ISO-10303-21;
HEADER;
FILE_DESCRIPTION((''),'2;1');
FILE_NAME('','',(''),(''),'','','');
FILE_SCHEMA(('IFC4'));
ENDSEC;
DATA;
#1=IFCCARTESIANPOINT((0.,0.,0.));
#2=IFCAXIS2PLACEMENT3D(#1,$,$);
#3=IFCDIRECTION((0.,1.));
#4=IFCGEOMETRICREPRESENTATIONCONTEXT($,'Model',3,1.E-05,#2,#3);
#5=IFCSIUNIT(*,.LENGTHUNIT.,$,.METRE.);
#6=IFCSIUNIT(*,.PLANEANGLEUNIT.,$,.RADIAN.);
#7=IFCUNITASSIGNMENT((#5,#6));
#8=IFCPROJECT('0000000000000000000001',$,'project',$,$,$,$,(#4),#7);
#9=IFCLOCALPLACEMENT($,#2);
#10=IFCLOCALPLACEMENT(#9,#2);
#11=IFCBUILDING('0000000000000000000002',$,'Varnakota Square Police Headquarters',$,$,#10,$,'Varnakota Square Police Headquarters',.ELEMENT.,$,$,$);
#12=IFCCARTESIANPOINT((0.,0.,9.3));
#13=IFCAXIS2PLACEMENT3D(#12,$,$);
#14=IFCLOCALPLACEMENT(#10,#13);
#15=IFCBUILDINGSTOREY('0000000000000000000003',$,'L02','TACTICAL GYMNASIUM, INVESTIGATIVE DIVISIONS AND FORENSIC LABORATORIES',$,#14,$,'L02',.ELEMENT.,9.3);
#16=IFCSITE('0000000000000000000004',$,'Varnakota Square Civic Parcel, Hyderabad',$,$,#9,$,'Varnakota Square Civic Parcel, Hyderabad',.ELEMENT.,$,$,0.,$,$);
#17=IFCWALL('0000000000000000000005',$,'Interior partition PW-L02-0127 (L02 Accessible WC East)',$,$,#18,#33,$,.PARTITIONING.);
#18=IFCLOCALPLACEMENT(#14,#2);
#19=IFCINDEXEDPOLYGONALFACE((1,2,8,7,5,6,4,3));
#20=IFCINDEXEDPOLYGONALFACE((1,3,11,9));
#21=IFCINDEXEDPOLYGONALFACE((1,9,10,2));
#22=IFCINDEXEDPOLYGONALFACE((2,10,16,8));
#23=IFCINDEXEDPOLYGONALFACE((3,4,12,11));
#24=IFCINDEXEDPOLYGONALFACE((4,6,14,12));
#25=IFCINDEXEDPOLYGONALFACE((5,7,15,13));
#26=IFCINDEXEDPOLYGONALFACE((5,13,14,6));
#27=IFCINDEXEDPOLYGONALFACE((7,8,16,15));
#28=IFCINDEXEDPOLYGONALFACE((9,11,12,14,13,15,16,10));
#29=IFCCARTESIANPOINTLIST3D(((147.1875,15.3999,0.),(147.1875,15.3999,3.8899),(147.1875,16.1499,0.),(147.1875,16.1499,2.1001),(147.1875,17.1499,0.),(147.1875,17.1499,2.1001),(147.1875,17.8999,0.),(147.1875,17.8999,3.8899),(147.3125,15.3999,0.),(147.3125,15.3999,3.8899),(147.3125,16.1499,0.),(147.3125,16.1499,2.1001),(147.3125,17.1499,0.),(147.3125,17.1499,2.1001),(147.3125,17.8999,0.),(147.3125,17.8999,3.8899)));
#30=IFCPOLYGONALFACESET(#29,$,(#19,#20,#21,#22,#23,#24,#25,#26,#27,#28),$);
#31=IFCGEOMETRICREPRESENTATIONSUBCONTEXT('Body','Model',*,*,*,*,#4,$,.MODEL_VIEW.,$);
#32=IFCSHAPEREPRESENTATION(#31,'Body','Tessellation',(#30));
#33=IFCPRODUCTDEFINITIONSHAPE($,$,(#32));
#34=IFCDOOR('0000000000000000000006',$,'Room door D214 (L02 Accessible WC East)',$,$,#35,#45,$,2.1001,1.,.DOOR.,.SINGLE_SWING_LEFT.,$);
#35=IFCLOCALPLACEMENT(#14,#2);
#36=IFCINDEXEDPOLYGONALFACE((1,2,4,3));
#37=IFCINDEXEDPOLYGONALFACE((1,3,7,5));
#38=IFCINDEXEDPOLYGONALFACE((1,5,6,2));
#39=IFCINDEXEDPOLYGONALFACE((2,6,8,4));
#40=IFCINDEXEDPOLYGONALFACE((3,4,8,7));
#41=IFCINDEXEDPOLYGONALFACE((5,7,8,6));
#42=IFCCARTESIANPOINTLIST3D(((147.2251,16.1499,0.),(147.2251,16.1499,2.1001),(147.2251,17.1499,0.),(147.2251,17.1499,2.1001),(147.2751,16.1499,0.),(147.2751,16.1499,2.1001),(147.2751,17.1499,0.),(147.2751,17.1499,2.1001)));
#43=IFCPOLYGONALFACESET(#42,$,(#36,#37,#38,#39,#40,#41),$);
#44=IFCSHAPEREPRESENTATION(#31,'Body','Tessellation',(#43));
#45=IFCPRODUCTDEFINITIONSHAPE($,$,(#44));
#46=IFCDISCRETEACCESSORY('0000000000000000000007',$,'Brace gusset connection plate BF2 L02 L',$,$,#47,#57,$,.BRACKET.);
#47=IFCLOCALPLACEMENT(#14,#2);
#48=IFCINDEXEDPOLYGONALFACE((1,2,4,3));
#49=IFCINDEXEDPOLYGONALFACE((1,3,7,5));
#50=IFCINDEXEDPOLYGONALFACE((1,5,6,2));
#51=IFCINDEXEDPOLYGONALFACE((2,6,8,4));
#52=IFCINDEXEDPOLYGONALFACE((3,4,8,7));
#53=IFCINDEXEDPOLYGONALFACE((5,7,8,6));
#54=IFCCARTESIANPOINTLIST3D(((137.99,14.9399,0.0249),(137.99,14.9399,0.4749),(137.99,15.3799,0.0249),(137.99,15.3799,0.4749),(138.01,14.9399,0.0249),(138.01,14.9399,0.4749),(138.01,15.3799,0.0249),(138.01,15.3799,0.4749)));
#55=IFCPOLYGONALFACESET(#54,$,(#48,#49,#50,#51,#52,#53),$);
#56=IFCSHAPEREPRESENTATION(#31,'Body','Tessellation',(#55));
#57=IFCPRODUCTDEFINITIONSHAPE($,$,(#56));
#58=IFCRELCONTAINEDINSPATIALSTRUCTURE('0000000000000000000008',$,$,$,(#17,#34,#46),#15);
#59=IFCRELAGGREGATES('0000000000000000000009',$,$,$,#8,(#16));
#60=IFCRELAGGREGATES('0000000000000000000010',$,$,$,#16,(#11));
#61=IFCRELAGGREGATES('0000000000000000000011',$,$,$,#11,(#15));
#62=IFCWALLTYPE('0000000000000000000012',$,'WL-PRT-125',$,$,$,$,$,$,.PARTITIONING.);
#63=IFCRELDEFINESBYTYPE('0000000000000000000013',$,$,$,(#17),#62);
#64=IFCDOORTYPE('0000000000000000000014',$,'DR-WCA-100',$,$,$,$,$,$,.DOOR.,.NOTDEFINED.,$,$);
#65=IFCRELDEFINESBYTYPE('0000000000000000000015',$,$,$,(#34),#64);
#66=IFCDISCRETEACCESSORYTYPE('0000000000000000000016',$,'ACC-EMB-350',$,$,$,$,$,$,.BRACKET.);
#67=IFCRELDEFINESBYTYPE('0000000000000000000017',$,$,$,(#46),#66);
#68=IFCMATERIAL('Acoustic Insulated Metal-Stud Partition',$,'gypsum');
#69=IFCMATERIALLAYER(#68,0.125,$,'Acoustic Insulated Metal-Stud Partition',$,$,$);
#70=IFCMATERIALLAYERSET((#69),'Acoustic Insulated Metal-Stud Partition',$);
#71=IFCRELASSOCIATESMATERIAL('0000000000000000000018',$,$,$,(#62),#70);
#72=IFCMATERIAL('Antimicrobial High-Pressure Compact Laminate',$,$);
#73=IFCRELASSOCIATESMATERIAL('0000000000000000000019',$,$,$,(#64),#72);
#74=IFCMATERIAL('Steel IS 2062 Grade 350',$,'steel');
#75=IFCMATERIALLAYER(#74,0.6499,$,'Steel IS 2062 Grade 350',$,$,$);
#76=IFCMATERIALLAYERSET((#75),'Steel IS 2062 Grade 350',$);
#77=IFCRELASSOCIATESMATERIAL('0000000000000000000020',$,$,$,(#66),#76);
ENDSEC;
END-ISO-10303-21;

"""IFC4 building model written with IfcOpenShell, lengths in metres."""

from ifc_helpers import new_model, si_unit, direction, frame, frame_2d, origin, origin_2d, place, context, subcontext, project, spatial, rectangle, extrude, material, layer, layer_set, type_object, element, fill, save


model = new_model("IFC4")

# Units and contexts
model_context = context("Model", 3, precision=1e-05, world=origin(), true_north=direction((0.0, 1.0)))
body_context = subcontext(model_context, "Body", "Model", "MODEL_VIEW")
ifc_project = project(units=[si_unit("LENGTHUNIT", "METRE"), si_unit("PLANEANGLEUNIT", "RADIAN")], contexts=[model_context])

# Site, building, storey
site_placement = place(None, origin())
site = spatial("IfcSite", under=ifc_project, at=site_placement, Name="Varnakota Square Civic Parcel, Hyderabad", LongName="Varnakota Square Civic Parcel, Hyderabad", CompositionType="ELEMENT", RefElevation=0.0)
building_placement = place(site_placement, origin())
building = spatial("IfcBuilding", under=site, at=building_placement, Name="Varnakota Square Police Headquarters", LongName="Varnakota Square Police Headquarters", CompositionType="ELEMENT")
storey_placement = place(building_placement, frame((0.0, 0.0, 9.3)))
storey = spatial("IfcBuildingStorey", under=building, at=storey_placement, Name="L02", Description="TACTICAL GYMNASIUM, INVESTIGATIVE DIVISIONS AND FORENSIC LABORATORIES", LongName="L02", CompositionType="ELEMENT", Elevation=9.3)

# Shared definitions
ifc_material_1 = material(Name="Steel IS 2062 Grade 350", Category="steel")

# Wall, opening, door
ifc_material_2 = material(Name="Acoustic Insulated Metal-Stud Partition", Category="gypsum")
ifc_layer_1 = layer(ifc_material_2, 0.125, Name="Acoustic Insulated Metal-Stud Partition")
ifc_layer_set_1 = layer_set([ifc_layer_1], Name="Acoustic Insulated Metal-Stud Partition")
wall_type_1 = type_object("IfcWallType", Name="WL-PRT-125", PredefinedType="PARTITIONING", material=ifc_layer_set_1)
wall_1_placement = place(storey_placement, frame((147.25, 15.3999, 0.0), z_axis=(0.0, 0.0, 1.0), x_axis=(0.0, 1.0, 0.0)))
wall_1 = element("IfcWall", 1, at=wall_1_placement, inside=storey, type_object=wall_type_1, Name="Interior partition PW-L02-0127 (L02 Accessible WC East)", PredefinedType="PARTITIONING", context=body_context, shape_type="SweptSolid", body=[
    extrude(rectangle(XDim=2.5, YDim=0.125, at=frame_2d((1.25, 0.0))), origin(), (0.0, 0.0, 1.0), 3.8899),
])
opening_1_placement = place(wall_1_placement, frame((0.75, 0.0, 0.0)))
opening_1 = element("IfcOpeningElement", 2, at=opening_1_placement, cuts=wall_1, PredefinedType="OPENING", context=body_context, shape_type="SweptSolid", body=[
    extrude(rectangle(XDim=1.0, YDim=2.1001, at=frame_2d((0.5, 1.05))), frame((0.0, 0.0725, 0.0), z_axis=(0.0, -1.0, 0.0), x_axis=(1.0, 0.0, 0.0)), (0.0, 0.0, 1.0), 0.145),
])
ifc_material_3 = material(Name="Antimicrobial High-Pressure Compact Laminate")
door_type_1 = type_object("IfcDoorType", Name="DR-WCA-100", OperationType="NOTDEFINED", PredefinedType="DOOR", material=ifc_material_3)
door_1_placement = place(opening_1_placement, origin())
door_1 = element("IfcDoor", 3, at=door_1_placement, inside=storey, type_object=door_type_1, Name="Room door D214 (L02 Accessible WC East)", OperationType="SINGLE_SWING_LEFT", OverallHeight=2.1001, OverallWidth=1.0, PredefinedType="DOOR", context=body_context, shape_type="SweptSolid", body=[
    extrude(rectangle(XDim=1.0, YDim=2.1001, at=frame_2d((0.5, 1.05))), frame((0.0, 0.0249, 0.0), z_axis=(0.0, -1.0, 0.0), x_axis=(1.0, 0.0, 0.0)), (0.0, 0.0, 1.0), 0.05),
])
fill(opening_1, door_1)

# Discrete accessory
ifc_layer_2 = layer(ifc_material_1, 0.6499, Name="Steel IS 2062 Grade 350")
ifc_layer_set_2 = layer_set([ifc_layer_2], Name="Steel IS 2062 Grade 350")
discrete_accessory_type = type_object("IfcDiscreteAccessoryType", Name="ACC-EMB-350", PredefinedType="BRACKET", material=ifc_layer_set_2)
discrete_accessory_placement = place(storey_placement, frame((138.0, 15.1599, 0.0249), z_axis=(0.0, 0.0, 1.0), x_axis=(0.0, 1.0, 0.0)))
element("IfcDiscreteAccessory", 4, at=discrete_accessory_placement, inside=storey, type_object=discrete_accessory_type, Name="Brace gusset connection plate BF2 L02 L", PredefinedType="BRACKET", context=body_context, shape_type="SweptSolid", body=[
    extrude(rectangle(XDim=0.4399, YDim=0.02, at=origin_2d()), origin(), (0.0, 0.0, 1.0), 0.45),
])

save(model, "model.ifc")
